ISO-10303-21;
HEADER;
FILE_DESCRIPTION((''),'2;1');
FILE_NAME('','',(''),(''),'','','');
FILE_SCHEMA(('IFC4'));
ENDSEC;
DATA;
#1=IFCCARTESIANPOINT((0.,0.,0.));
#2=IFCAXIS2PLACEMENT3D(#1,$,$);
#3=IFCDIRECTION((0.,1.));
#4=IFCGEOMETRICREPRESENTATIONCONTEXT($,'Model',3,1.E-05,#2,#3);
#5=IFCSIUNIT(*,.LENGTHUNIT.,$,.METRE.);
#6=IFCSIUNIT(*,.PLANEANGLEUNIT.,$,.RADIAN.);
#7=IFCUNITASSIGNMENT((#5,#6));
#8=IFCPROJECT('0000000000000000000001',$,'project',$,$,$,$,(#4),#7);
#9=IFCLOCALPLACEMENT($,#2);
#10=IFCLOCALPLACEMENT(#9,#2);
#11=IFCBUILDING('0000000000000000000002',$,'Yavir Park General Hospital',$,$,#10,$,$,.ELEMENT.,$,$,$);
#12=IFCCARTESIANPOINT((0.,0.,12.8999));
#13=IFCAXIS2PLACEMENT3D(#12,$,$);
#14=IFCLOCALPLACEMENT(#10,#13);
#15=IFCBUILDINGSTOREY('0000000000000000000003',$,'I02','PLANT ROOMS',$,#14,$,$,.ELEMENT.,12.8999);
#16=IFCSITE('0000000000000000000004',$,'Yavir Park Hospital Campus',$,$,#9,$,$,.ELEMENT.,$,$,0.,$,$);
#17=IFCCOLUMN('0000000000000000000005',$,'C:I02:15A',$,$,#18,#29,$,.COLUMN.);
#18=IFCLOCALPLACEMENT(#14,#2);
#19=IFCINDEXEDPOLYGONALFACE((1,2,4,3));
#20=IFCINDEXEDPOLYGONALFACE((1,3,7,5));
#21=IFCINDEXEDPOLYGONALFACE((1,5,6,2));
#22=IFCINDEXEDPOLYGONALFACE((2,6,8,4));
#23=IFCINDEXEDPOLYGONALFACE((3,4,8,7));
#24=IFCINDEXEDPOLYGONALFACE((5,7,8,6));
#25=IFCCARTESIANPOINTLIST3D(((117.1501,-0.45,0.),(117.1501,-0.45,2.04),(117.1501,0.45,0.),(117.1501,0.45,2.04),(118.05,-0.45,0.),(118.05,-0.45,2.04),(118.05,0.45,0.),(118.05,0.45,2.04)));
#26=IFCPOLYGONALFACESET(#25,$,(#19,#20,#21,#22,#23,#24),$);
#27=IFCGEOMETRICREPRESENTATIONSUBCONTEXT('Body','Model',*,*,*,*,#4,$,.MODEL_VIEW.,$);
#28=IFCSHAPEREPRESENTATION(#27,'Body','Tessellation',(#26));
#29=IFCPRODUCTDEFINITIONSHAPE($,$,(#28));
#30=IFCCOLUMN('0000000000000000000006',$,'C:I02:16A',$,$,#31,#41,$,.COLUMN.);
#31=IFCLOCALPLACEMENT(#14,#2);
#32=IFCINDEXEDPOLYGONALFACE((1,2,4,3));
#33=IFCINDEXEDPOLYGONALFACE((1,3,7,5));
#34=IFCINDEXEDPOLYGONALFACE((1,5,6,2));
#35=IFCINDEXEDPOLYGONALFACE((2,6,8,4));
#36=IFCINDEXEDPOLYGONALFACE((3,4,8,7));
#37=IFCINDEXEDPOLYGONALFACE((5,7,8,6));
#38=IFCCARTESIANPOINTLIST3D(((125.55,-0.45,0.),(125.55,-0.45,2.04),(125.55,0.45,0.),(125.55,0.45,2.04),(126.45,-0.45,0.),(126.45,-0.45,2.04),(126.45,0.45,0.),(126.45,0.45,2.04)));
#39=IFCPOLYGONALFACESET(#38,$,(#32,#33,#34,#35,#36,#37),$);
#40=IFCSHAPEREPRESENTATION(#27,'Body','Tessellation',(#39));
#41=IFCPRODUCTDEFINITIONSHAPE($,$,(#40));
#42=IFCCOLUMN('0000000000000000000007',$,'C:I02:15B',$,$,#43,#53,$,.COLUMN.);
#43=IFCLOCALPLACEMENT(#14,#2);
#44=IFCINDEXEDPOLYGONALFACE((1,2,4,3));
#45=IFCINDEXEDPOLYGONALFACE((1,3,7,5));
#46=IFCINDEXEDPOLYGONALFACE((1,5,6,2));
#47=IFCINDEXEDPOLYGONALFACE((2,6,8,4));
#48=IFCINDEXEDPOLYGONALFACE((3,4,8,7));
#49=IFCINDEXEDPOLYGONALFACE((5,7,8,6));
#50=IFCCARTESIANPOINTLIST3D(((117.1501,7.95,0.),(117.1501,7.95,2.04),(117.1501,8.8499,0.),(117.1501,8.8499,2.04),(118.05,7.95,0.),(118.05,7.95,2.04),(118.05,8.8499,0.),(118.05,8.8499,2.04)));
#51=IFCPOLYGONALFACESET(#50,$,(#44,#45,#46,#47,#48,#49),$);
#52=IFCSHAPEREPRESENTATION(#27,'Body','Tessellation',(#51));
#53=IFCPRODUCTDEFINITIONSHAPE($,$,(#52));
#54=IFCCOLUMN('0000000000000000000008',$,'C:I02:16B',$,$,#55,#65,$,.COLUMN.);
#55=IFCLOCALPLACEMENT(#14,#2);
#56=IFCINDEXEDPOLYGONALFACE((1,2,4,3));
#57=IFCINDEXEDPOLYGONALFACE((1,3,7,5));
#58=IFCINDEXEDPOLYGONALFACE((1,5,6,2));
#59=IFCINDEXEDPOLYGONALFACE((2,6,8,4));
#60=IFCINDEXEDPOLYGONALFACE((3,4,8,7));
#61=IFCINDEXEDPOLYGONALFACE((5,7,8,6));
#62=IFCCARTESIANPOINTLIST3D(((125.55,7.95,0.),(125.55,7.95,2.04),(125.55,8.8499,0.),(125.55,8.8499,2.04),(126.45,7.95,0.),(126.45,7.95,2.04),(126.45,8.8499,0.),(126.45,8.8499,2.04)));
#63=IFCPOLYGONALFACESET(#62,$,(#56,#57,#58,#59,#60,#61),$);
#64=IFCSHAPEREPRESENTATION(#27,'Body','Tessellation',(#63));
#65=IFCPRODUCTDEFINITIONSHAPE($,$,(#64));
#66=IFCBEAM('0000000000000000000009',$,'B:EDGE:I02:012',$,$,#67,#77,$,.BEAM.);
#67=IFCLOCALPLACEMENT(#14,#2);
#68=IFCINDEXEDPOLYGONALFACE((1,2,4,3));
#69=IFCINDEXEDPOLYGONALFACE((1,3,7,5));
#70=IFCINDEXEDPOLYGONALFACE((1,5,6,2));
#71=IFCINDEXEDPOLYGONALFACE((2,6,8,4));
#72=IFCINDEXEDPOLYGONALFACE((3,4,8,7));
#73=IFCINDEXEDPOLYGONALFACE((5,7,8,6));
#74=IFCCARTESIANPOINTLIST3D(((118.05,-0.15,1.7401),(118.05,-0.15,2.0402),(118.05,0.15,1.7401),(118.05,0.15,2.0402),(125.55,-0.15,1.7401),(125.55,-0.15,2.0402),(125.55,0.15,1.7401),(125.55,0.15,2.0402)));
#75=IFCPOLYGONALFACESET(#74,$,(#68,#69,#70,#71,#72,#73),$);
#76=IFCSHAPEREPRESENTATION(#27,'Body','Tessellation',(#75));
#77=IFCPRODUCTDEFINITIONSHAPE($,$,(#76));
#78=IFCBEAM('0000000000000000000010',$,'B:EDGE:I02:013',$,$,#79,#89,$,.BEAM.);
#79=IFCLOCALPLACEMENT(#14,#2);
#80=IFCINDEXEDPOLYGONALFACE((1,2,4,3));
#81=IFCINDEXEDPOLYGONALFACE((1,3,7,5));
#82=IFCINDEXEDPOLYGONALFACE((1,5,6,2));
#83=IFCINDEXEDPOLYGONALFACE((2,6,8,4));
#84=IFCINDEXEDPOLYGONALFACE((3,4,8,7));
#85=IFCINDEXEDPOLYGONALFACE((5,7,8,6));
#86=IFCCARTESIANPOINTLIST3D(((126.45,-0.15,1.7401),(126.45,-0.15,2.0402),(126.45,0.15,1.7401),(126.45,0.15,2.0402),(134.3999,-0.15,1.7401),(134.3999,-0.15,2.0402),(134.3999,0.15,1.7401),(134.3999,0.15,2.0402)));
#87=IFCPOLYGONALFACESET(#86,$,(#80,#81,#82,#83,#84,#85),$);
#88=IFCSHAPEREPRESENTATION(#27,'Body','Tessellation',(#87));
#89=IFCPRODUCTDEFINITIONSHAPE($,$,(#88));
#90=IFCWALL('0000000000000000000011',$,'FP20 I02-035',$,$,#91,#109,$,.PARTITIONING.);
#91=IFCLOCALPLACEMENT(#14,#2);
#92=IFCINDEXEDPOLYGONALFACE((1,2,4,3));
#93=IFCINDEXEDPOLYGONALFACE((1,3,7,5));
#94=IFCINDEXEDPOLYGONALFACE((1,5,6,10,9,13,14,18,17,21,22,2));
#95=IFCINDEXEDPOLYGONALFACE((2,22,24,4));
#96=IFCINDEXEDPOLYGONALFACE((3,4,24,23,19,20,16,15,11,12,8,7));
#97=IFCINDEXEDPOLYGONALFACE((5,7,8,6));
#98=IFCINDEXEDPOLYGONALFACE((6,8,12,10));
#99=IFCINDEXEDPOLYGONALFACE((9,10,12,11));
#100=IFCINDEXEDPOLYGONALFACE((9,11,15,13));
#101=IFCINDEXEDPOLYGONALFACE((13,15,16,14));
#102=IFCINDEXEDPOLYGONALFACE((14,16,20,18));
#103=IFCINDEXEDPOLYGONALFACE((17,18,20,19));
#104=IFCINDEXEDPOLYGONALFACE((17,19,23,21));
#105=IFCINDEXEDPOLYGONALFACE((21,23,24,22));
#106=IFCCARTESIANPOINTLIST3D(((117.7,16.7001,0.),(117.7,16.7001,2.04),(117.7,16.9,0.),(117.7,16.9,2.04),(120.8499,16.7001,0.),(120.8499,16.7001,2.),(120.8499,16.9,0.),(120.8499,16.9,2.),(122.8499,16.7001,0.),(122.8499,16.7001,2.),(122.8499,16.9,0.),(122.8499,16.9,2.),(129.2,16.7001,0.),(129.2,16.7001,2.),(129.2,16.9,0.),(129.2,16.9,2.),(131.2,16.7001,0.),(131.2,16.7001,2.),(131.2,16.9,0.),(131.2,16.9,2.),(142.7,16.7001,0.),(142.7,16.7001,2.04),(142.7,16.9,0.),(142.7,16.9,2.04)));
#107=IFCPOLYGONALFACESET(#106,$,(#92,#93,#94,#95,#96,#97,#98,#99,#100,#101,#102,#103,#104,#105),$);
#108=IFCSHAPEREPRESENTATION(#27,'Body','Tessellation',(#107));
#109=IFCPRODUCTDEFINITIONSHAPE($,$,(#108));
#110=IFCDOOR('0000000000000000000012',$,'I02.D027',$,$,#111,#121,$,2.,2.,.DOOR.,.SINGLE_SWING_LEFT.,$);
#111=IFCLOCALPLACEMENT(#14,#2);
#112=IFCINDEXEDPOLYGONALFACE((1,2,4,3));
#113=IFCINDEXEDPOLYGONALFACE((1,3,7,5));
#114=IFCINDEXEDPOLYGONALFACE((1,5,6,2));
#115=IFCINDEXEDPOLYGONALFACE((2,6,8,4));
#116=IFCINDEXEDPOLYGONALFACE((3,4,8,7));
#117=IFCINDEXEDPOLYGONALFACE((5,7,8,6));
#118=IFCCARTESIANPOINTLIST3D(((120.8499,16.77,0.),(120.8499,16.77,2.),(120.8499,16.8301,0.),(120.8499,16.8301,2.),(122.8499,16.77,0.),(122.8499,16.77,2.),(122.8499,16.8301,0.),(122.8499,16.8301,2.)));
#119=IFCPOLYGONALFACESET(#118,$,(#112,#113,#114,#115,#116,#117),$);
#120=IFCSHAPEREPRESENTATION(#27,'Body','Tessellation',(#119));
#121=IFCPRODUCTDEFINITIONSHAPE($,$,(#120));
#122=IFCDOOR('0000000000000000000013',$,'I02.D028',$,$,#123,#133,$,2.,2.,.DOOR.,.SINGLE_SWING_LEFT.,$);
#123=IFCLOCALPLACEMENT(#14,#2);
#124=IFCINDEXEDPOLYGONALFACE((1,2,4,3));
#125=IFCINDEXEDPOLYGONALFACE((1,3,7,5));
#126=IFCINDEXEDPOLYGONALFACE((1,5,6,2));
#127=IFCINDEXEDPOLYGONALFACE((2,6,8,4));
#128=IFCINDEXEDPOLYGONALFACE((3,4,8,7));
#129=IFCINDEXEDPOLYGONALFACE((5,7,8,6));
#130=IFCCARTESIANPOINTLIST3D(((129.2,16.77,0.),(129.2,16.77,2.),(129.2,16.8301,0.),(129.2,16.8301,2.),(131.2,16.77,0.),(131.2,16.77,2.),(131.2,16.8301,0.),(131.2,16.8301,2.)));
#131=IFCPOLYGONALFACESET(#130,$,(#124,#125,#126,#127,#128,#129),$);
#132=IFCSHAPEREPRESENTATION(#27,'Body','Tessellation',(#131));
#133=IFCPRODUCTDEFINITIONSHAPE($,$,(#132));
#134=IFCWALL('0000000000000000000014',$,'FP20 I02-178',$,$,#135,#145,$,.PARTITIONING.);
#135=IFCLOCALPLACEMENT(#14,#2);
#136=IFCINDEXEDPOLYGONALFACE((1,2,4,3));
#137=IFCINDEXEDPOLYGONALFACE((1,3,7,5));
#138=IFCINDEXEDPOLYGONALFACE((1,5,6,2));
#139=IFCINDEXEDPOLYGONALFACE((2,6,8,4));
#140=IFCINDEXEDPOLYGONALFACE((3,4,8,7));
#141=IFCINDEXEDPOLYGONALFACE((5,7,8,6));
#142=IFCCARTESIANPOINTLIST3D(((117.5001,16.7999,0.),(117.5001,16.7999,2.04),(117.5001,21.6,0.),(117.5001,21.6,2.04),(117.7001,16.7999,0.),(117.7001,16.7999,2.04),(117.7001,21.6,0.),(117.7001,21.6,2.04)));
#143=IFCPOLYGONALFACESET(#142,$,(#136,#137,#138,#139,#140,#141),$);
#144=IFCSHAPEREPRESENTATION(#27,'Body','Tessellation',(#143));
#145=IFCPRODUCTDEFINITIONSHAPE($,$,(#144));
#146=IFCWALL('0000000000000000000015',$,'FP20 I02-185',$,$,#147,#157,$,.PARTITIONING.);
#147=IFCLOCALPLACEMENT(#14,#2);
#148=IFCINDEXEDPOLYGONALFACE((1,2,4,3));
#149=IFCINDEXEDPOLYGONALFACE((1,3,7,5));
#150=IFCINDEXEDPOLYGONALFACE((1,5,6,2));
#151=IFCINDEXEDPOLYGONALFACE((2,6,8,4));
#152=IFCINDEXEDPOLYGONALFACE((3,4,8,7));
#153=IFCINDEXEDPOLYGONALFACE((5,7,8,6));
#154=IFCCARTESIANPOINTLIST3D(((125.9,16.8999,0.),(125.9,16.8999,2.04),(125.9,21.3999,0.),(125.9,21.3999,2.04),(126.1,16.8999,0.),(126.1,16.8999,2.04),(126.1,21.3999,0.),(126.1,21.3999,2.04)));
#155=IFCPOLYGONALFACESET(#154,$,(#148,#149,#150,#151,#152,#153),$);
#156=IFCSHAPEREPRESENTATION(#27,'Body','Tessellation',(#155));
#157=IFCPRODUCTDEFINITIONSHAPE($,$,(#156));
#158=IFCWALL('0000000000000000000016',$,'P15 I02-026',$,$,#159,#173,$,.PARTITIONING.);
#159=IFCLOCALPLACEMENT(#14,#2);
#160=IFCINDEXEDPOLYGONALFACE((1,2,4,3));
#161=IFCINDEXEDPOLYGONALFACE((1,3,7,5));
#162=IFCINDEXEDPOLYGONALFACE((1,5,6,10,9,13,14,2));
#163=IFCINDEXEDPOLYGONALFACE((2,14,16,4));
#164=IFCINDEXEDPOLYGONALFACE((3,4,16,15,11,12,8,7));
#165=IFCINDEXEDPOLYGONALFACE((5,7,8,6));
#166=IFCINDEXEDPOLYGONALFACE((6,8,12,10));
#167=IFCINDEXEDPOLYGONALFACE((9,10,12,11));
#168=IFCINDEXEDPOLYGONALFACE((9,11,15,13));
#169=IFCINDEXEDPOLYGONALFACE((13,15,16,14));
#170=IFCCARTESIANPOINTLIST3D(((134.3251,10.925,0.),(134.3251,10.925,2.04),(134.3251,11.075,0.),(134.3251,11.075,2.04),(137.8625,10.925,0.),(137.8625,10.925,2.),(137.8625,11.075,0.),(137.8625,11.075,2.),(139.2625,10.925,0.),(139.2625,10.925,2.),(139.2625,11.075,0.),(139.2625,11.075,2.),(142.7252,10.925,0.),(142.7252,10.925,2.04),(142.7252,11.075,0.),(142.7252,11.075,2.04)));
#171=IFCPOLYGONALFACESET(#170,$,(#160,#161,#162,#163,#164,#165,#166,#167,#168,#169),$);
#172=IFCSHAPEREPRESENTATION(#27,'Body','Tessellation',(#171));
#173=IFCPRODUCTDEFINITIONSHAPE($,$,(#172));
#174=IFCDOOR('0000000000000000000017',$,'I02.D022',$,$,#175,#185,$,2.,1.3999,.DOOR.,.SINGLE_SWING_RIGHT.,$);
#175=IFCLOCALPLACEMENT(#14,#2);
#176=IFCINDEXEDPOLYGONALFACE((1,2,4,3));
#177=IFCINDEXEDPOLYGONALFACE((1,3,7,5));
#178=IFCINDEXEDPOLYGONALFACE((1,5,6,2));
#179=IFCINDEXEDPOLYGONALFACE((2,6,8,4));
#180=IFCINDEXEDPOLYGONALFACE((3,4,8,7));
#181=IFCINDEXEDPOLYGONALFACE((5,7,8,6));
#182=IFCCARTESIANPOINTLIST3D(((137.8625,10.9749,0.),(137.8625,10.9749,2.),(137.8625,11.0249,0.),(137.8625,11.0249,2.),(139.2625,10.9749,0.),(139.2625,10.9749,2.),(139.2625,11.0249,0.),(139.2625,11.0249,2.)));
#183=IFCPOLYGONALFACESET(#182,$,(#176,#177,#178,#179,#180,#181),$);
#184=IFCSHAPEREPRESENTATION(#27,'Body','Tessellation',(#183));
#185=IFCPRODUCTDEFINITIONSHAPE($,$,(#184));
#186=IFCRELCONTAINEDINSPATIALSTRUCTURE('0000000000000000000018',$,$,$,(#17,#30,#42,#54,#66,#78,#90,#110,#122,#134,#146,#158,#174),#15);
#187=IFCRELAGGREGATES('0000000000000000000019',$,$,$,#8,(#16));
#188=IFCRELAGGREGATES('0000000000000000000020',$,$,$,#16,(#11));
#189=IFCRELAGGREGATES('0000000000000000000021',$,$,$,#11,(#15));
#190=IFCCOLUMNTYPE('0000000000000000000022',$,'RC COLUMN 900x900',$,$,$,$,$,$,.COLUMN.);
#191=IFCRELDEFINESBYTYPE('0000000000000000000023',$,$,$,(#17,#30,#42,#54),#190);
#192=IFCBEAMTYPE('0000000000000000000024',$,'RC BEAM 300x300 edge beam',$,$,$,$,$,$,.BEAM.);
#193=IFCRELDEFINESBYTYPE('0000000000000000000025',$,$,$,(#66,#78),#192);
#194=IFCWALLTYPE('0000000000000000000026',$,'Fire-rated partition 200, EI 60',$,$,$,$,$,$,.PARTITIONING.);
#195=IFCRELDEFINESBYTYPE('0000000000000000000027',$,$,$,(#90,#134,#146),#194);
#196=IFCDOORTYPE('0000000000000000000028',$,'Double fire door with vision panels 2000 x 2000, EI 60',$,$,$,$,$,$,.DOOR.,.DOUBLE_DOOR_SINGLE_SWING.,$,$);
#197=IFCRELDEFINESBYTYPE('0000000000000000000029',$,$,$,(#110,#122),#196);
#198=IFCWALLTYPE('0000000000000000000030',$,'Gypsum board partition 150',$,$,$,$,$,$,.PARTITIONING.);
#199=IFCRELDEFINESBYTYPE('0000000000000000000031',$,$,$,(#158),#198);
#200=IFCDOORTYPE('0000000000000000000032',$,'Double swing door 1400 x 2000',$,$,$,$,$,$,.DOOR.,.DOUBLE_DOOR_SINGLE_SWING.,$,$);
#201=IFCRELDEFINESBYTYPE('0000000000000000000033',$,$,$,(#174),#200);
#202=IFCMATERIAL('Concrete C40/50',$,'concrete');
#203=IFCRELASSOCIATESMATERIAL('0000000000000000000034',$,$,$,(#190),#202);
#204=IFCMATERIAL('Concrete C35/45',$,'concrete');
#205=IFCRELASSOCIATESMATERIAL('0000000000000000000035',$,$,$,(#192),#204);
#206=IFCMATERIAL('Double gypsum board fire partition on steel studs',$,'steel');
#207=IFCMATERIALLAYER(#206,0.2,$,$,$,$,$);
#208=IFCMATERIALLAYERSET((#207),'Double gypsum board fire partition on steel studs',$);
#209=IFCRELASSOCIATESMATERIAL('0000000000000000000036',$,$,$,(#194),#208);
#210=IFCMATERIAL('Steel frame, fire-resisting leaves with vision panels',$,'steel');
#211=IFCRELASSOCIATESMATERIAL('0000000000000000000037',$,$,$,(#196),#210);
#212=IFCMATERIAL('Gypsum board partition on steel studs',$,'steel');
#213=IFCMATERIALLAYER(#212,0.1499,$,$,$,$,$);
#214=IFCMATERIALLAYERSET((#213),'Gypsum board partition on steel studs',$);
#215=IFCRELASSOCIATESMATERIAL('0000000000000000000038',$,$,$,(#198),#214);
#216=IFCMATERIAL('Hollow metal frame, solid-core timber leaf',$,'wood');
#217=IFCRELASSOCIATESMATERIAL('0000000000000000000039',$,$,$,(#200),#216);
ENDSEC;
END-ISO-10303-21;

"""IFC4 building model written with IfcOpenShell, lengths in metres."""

from ifc_helpers import new_model, si_unit, direction, frame, frame_2d, origin, origin_2d, place, context, subcontext, project, spatial, rectangle, extrude, material, layer, layer_set, material_profile, profile_set, type_object, element, fill, save


model = new_model("IFC4")

# Units and contexts
model_context = context("Model", 3, precision=1e-05, world=origin(), true_north=direction((0.0, 1.0)))
body_context = subcontext(model_context, "Body", "Model", "MODEL_VIEW")
ifc_project = project(units=[si_unit("LENGTHUNIT", "METRE"), si_unit("PLANEANGLEUNIT", "RADIAN")], contexts=[model_context])

# Site, building, storey
site_placement = place(None, origin())
site = spatial("IfcSite", under=ifc_project, at=site_placement, Name="Yavir Park Hospital Campus", CompositionType="ELEMENT", RefElevation=0.0)
building_placement = place(site_placement, origin())
building = spatial("IfcBuilding", under=site, at=building_placement, Name="Yavir Park General Hospital", CompositionType="ELEMENT")
storey_placement = place(building_placement, frame((0.0, 0.0, 12.8999)))
storey = spatial("IfcBuildingStorey", under=building, at=storey_placement, Name="I02", Description="PLANT ROOMS", CompositionType="ELEMENT", Elevation=12.8999)

# Columns
ifc_material_1 = material(Name="Concrete C40/50", Category="concrete")
ifc_material_profile_1 = material_profile(ifc_material_1, rectangle(XDim=0.8999, YDim=0.8999, at=origin_2d()), Name="RC900x900")
ifc_profile_set_1 = profile_set([ifc_material_profile_1], Name="Concrete C40/50")
column_type = type_object("IfcColumnType", Name="RC COLUMN 900x900", PredefinedType="COLUMN", material=ifc_profile_set_1)
for number, where, z_axis, x_axis, name in (
    (1, (117.6001, 0.0, 0.0), (0.0, 0.0, 1.0), (1.0, 0.0, 0.0), "C:I02:15A"),
    (2, (126.0, 0.0, 0.0), (0.0, 0.0, 1.0), (1.0, 0.0, 0.0), "C:I02:16A"),
    (3, (117.6001, 8.3999, 0.0), (0.0, 0.0, 1.0), (1.0, 0.0, 0.0), "C:I02:15B"),
    (4, (126.0, 8.3999, 0.0), (0.0, 0.0, 1.0), (1.0, 0.0, 0.0), "C:I02:16B"),
):
    element("IfcColumn", number, at=place(storey_placement, frame(where, z_axis=z_axis, x_axis=x_axis)), inside=storey, type_object=column_type, Name=name, PredefinedType="COLUMN", context=body_context, shape_type="SweptSolid", body=[
        extrude(rectangle(XDim=0.8999, YDim=0.8999, at=origin_2d()), origin(), (0.0, 0.0, 1.0), 2.04),
    ])

# Beams
ifc_material_2 = material(Name="Concrete C35/45", Category="concrete")
ifc_material_profile_2 = material_profile(ifc_material_2, rectangle(XDim=0.3, YDim=0.3, at=origin_2d()), Name="RC300x300")
ifc_profile_set_2 = profile_set([ifc_material_profile_2], Name="Concrete C35/45")
beam_type = type_object("IfcBeamType", Name="RC BEAM 300x300 edge beam", PredefinedType="BEAM", material=ifc_profile_set_2)
beam_1_placement = place(storey_placement, frame((118.05, 0.0, 1.8901), z_axis=(1.0, 0.0, 0.0), x_axis=(0.0, 1.0, 0.0)))
element("IfcBeam", 5, at=beam_1_placement, inside=storey, type_object=beam_type, Name="B:EDGE:I02:012", PredefinedType="BEAM", context=body_context, shape_type="SweptSolid", body=[
    extrude(rectangle(XDim=0.3, YDim=0.3, at=origin_2d()), origin(), (0.0, 0.0, 1.0), 7.5),
])
beam_2_placement = place(storey_placement, frame((126.45, 0.0, 1.8901), z_axis=(1.0, 0.0, 0.0), x_axis=(0.0, 1.0, 0.0)))
element("IfcBeam", 6, at=beam_2_placement, inside=storey, type_object=beam_type, Name="B:EDGE:I02:013", PredefinedType="BEAM", context=body_context, shape_type="SweptSolid", body=[
    extrude(rectangle(XDim=0.3, YDim=0.3, at=origin_2d()), origin(), (0.0, 0.0, 1.0), 7.95),
])

# Wall, openings, doors
ifc_material_3 = material(Name="Double gypsum board fire partition on steel studs", Category="steel")
ifc_layer_1 = layer(ifc_material_3, 0.2)
ifc_layer_set_1 = layer_set([ifc_layer_1], Name="Double gypsum board fire partition on steel studs")
wall_type_1 = type_object("IfcWallType", Name="Fire-rated partition 200, EI 60", PredefinedType="PARTITIONING", material=ifc_layer_set_1)
wall_1_placement = place(storey_placement, frame((117.7, 16.8, 0.0), z_axis=(0.0, 0.0, 1.0), x_axis=(1.0, 0.0, 0.0)))
wall_1 = element("IfcWall", 7, at=wall_1_placement, inside=storey, type_object=wall_type_1, Name="FP20 I02-035", PredefinedType="PARTITIONING", context=body_context, shape_type="SweptSolid", body=[
    extrude(rectangle(XDim=25.0, YDim=0.2, at=frame_2d((12.5, 0.0))), origin(), (0.0, 0.0, 1.0), 2.04),
])
opening_1_placement = place(wall_1_placement, frame((3.1499, 0.0, 0.0)))
opening_1 = element("IfcOpeningElement", 8, at=opening_1_placement, cuts=wall_1, PredefinedType="OPENING", context=body_context, shape_type="SweptSolid", body=[
    extrude(rectangle(XDim=2.0, YDim=2.0, at=frame_2d((1.0, 1.0))), frame((0.0, 0.1099, 0.0), z_axis=(0.0, -1.0, 0.0), x_axis=(1.0, 0.0, 0.0)), (0.0, 0.0, 1.0), 0.22),
])
opening_2_placement = place(wall_1_placement, frame((11.5, 0.0, 0.0)))
opening_2 = element("IfcOpeningElement", 9, at=opening_2_placement, cuts=wall_1, PredefinedType="OPENING", context=body_context, shape_type="SweptSolid", body=[
    extrude(rectangle(XDim=2.0, YDim=2.0, at=frame_2d((1.0, 1.0))), frame((0.0, 0.1099, 0.0), z_axis=(0.0, -1.0, 0.0), x_axis=(1.0, 0.0, 0.0)), (0.0, 0.0, 1.0), 0.22),
])
ifc_material_4 = material(Name="Steel frame, fire-resisting leaves with vision panels", Category="steel")
door_type_1 = type_object("IfcDoorType", Name="Double fire door with vision panels 2000 x 2000, EI 60", OperationType="DOUBLE_DOOR_SINGLE_SWING", PredefinedType="DOOR", material=ifc_material_4)
door_1_placement = place(opening_1_placement, origin())
door_1 = element("IfcDoor", 10, at=door_1_placement, inside=storey, type_object=door_type_1, Name="I02.D027", OperationType="SINGLE_SWING_LEFT", OverallHeight=2.0, OverallWidth=2.0, PredefinedType="DOOR", context=body_context, shape_type="SweptSolid", body=[
    extrude(rectangle(XDim=2.0, YDim=2.0, at=frame_2d((1.0, 1.0))), frame((0.0, 0.03, 0.0), z_axis=(0.0, -1.0, 0.0), x_axis=(1.0, 0.0, 0.0)), (0.0, 0.0, 1.0), 0.0601),
])
fill(opening_1, door_1)
door_2_placement = place(opening_2_placement, origin())
door_2 = element("IfcDoor", 11, at=door_2_placement, inside=storey, type_object=door_type_1, Name="I02.D028", OperationType="SINGLE_SWING_LEFT", OverallHeight=2.0, OverallWidth=2.0, PredefinedType="DOOR", context=body_context, shape_type="SweptSolid", body=[
    extrude(rectangle(XDim=2.0, YDim=2.0, at=frame_2d((1.0, 1.0))), frame((0.0, 0.03, 0.0), z_axis=(0.0, -1.0, 0.0), x_axis=(1.0, 0.0, 0.0)), (0.0, 0.0, 1.0), 0.0601),
])
fill(opening_2, door_2)

# Walls
wall_2_placement = place(storey_placement, frame((117.6001, 16.8, 0.0), z_axis=(0.0, 0.0, 1.0), x_axis=(0.0, 1.0, 0.0)))
element("IfcWall", 12, at=wall_2_placement, inside=storey, type_object=wall_type_1, Name="FP20 I02-178", PredefinedType="PARTITIONING", context=body_context, shape_type="SweptSolid", body=[
    extrude(rectangle(XDim=4.8, YDim=0.2, at=frame_2d((2.3999, 0.0))), origin(), (0.0, 0.0, 1.0), 2.04),
])
wall_3_placement = place(storey_placement, frame((126.0, 16.8999, 0.0), z_axis=(0.0, 0.0, 1.0), x_axis=(0.0, 1.0, 0.0)))
element("IfcWall", 13, at=wall_3_placement, inside=storey, type_object=wall_type_1, Name="FP20 I02-185", PredefinedType="PARTITIONING", context=body_context, shape_type="SweptSolid", body=[
    extrude(rectangle(XDim=4.5, YDim=0.2, at=frame_2d((2.25, 0.0))), origin(), (0.0, 0.0, 1.0), 2.04),
])

# Wall, opening, door
ifc_material_5 = material(Name="Gypsum board partition on steel studs", Category="steel")
ifc_layer_2 = layer(ifc_material_5, 0.1499)
ifc_layer_set_2 = layer_set([ifc_layer_2], Name="Gypsum board partition on steel studs")
wall_type_2 = type_object("IfcWallType", Name="Gypsum board partition 150", PredefinedType="PARTITIONING", material=ifc_layer_set_2)
wall_4_placement = place(storey_placement, frame((134.325, 11.0, 0.0), z_axis=(0.0, 0.0, 1.0), x_axis=(1.0, 0.0, 0.0)))
wall_4 = element("IfcWall", 14, at=wall_4_placement, inside=storey, type_object=wall_type_2, Name="P15 I02-026", PredefinedType="PARTITIONING", context=body_context, shape_type="SweptSolid", body=[
    extrude(rectangle(XDim=8.4001, YDim=0.1499, at=frame_2d((4.2002, 0.0))), origin(), (0.0, 0.0, 1.0), 2.04),
])
opening_3_placement = place(wall_4_placement, frame((3.5376, 0.0, 0.0)))
opening_3 = element("IfcOpeningElement", 15, at=opening_3_placement, cuts=wall_4, PredefinedType="OPENING", context=body_context, shape_type="SweptSolid", body=[
    extrude(rectangle(XDim=1.3999, YDim=2.0, at=frame_2d((0.7, 1.0))), frame((0.0, 0.085, 0.0), z_axis=(0.0, -1.0, 0.0), x_axis=(1.0, 0.0, 0.0)), (0.0, 0.0, 1.0), 0.1699),
])
ifc_material_6 = material(Name="Hollow metal frame, solid-core timber leaf", Category="wood")
door_type_2 = type_object("IfcDoorType", Name="Double swing door 1400 x 2000", OperationType="DOUBLE_DOOR_SINGLE_SWING", PredefinedType="DOOR", material=ifc_material_6)
door_3_placement = place(opening_3_placement, origin())
door_3 = element("IfcDoor", 16, at=door_3_placement, inside=storey, type_object=door_type_2, Name="I02.D022", OperationType="SINGLE_SWING_RIGHT", OverallHeight=2.0, OverallWidth=1.3999, PredefinedType="DOOR", context=body_context, shape_type="SweptSolid", body=[
    extrude(rectangle(XDim=1.3999, YDim=2.0, at=frame_2d((0.7, 1.0))), frame((0.0, 0.0249, 0.0), z_axis=(0.0, -1.0, 0.0), x_axis=(1.0, 0.0, 0.0)), (0.0, 0.0, 1.0), 0.05),
])
fill(opening_3, door_3)

save(model, "model.ifc")
